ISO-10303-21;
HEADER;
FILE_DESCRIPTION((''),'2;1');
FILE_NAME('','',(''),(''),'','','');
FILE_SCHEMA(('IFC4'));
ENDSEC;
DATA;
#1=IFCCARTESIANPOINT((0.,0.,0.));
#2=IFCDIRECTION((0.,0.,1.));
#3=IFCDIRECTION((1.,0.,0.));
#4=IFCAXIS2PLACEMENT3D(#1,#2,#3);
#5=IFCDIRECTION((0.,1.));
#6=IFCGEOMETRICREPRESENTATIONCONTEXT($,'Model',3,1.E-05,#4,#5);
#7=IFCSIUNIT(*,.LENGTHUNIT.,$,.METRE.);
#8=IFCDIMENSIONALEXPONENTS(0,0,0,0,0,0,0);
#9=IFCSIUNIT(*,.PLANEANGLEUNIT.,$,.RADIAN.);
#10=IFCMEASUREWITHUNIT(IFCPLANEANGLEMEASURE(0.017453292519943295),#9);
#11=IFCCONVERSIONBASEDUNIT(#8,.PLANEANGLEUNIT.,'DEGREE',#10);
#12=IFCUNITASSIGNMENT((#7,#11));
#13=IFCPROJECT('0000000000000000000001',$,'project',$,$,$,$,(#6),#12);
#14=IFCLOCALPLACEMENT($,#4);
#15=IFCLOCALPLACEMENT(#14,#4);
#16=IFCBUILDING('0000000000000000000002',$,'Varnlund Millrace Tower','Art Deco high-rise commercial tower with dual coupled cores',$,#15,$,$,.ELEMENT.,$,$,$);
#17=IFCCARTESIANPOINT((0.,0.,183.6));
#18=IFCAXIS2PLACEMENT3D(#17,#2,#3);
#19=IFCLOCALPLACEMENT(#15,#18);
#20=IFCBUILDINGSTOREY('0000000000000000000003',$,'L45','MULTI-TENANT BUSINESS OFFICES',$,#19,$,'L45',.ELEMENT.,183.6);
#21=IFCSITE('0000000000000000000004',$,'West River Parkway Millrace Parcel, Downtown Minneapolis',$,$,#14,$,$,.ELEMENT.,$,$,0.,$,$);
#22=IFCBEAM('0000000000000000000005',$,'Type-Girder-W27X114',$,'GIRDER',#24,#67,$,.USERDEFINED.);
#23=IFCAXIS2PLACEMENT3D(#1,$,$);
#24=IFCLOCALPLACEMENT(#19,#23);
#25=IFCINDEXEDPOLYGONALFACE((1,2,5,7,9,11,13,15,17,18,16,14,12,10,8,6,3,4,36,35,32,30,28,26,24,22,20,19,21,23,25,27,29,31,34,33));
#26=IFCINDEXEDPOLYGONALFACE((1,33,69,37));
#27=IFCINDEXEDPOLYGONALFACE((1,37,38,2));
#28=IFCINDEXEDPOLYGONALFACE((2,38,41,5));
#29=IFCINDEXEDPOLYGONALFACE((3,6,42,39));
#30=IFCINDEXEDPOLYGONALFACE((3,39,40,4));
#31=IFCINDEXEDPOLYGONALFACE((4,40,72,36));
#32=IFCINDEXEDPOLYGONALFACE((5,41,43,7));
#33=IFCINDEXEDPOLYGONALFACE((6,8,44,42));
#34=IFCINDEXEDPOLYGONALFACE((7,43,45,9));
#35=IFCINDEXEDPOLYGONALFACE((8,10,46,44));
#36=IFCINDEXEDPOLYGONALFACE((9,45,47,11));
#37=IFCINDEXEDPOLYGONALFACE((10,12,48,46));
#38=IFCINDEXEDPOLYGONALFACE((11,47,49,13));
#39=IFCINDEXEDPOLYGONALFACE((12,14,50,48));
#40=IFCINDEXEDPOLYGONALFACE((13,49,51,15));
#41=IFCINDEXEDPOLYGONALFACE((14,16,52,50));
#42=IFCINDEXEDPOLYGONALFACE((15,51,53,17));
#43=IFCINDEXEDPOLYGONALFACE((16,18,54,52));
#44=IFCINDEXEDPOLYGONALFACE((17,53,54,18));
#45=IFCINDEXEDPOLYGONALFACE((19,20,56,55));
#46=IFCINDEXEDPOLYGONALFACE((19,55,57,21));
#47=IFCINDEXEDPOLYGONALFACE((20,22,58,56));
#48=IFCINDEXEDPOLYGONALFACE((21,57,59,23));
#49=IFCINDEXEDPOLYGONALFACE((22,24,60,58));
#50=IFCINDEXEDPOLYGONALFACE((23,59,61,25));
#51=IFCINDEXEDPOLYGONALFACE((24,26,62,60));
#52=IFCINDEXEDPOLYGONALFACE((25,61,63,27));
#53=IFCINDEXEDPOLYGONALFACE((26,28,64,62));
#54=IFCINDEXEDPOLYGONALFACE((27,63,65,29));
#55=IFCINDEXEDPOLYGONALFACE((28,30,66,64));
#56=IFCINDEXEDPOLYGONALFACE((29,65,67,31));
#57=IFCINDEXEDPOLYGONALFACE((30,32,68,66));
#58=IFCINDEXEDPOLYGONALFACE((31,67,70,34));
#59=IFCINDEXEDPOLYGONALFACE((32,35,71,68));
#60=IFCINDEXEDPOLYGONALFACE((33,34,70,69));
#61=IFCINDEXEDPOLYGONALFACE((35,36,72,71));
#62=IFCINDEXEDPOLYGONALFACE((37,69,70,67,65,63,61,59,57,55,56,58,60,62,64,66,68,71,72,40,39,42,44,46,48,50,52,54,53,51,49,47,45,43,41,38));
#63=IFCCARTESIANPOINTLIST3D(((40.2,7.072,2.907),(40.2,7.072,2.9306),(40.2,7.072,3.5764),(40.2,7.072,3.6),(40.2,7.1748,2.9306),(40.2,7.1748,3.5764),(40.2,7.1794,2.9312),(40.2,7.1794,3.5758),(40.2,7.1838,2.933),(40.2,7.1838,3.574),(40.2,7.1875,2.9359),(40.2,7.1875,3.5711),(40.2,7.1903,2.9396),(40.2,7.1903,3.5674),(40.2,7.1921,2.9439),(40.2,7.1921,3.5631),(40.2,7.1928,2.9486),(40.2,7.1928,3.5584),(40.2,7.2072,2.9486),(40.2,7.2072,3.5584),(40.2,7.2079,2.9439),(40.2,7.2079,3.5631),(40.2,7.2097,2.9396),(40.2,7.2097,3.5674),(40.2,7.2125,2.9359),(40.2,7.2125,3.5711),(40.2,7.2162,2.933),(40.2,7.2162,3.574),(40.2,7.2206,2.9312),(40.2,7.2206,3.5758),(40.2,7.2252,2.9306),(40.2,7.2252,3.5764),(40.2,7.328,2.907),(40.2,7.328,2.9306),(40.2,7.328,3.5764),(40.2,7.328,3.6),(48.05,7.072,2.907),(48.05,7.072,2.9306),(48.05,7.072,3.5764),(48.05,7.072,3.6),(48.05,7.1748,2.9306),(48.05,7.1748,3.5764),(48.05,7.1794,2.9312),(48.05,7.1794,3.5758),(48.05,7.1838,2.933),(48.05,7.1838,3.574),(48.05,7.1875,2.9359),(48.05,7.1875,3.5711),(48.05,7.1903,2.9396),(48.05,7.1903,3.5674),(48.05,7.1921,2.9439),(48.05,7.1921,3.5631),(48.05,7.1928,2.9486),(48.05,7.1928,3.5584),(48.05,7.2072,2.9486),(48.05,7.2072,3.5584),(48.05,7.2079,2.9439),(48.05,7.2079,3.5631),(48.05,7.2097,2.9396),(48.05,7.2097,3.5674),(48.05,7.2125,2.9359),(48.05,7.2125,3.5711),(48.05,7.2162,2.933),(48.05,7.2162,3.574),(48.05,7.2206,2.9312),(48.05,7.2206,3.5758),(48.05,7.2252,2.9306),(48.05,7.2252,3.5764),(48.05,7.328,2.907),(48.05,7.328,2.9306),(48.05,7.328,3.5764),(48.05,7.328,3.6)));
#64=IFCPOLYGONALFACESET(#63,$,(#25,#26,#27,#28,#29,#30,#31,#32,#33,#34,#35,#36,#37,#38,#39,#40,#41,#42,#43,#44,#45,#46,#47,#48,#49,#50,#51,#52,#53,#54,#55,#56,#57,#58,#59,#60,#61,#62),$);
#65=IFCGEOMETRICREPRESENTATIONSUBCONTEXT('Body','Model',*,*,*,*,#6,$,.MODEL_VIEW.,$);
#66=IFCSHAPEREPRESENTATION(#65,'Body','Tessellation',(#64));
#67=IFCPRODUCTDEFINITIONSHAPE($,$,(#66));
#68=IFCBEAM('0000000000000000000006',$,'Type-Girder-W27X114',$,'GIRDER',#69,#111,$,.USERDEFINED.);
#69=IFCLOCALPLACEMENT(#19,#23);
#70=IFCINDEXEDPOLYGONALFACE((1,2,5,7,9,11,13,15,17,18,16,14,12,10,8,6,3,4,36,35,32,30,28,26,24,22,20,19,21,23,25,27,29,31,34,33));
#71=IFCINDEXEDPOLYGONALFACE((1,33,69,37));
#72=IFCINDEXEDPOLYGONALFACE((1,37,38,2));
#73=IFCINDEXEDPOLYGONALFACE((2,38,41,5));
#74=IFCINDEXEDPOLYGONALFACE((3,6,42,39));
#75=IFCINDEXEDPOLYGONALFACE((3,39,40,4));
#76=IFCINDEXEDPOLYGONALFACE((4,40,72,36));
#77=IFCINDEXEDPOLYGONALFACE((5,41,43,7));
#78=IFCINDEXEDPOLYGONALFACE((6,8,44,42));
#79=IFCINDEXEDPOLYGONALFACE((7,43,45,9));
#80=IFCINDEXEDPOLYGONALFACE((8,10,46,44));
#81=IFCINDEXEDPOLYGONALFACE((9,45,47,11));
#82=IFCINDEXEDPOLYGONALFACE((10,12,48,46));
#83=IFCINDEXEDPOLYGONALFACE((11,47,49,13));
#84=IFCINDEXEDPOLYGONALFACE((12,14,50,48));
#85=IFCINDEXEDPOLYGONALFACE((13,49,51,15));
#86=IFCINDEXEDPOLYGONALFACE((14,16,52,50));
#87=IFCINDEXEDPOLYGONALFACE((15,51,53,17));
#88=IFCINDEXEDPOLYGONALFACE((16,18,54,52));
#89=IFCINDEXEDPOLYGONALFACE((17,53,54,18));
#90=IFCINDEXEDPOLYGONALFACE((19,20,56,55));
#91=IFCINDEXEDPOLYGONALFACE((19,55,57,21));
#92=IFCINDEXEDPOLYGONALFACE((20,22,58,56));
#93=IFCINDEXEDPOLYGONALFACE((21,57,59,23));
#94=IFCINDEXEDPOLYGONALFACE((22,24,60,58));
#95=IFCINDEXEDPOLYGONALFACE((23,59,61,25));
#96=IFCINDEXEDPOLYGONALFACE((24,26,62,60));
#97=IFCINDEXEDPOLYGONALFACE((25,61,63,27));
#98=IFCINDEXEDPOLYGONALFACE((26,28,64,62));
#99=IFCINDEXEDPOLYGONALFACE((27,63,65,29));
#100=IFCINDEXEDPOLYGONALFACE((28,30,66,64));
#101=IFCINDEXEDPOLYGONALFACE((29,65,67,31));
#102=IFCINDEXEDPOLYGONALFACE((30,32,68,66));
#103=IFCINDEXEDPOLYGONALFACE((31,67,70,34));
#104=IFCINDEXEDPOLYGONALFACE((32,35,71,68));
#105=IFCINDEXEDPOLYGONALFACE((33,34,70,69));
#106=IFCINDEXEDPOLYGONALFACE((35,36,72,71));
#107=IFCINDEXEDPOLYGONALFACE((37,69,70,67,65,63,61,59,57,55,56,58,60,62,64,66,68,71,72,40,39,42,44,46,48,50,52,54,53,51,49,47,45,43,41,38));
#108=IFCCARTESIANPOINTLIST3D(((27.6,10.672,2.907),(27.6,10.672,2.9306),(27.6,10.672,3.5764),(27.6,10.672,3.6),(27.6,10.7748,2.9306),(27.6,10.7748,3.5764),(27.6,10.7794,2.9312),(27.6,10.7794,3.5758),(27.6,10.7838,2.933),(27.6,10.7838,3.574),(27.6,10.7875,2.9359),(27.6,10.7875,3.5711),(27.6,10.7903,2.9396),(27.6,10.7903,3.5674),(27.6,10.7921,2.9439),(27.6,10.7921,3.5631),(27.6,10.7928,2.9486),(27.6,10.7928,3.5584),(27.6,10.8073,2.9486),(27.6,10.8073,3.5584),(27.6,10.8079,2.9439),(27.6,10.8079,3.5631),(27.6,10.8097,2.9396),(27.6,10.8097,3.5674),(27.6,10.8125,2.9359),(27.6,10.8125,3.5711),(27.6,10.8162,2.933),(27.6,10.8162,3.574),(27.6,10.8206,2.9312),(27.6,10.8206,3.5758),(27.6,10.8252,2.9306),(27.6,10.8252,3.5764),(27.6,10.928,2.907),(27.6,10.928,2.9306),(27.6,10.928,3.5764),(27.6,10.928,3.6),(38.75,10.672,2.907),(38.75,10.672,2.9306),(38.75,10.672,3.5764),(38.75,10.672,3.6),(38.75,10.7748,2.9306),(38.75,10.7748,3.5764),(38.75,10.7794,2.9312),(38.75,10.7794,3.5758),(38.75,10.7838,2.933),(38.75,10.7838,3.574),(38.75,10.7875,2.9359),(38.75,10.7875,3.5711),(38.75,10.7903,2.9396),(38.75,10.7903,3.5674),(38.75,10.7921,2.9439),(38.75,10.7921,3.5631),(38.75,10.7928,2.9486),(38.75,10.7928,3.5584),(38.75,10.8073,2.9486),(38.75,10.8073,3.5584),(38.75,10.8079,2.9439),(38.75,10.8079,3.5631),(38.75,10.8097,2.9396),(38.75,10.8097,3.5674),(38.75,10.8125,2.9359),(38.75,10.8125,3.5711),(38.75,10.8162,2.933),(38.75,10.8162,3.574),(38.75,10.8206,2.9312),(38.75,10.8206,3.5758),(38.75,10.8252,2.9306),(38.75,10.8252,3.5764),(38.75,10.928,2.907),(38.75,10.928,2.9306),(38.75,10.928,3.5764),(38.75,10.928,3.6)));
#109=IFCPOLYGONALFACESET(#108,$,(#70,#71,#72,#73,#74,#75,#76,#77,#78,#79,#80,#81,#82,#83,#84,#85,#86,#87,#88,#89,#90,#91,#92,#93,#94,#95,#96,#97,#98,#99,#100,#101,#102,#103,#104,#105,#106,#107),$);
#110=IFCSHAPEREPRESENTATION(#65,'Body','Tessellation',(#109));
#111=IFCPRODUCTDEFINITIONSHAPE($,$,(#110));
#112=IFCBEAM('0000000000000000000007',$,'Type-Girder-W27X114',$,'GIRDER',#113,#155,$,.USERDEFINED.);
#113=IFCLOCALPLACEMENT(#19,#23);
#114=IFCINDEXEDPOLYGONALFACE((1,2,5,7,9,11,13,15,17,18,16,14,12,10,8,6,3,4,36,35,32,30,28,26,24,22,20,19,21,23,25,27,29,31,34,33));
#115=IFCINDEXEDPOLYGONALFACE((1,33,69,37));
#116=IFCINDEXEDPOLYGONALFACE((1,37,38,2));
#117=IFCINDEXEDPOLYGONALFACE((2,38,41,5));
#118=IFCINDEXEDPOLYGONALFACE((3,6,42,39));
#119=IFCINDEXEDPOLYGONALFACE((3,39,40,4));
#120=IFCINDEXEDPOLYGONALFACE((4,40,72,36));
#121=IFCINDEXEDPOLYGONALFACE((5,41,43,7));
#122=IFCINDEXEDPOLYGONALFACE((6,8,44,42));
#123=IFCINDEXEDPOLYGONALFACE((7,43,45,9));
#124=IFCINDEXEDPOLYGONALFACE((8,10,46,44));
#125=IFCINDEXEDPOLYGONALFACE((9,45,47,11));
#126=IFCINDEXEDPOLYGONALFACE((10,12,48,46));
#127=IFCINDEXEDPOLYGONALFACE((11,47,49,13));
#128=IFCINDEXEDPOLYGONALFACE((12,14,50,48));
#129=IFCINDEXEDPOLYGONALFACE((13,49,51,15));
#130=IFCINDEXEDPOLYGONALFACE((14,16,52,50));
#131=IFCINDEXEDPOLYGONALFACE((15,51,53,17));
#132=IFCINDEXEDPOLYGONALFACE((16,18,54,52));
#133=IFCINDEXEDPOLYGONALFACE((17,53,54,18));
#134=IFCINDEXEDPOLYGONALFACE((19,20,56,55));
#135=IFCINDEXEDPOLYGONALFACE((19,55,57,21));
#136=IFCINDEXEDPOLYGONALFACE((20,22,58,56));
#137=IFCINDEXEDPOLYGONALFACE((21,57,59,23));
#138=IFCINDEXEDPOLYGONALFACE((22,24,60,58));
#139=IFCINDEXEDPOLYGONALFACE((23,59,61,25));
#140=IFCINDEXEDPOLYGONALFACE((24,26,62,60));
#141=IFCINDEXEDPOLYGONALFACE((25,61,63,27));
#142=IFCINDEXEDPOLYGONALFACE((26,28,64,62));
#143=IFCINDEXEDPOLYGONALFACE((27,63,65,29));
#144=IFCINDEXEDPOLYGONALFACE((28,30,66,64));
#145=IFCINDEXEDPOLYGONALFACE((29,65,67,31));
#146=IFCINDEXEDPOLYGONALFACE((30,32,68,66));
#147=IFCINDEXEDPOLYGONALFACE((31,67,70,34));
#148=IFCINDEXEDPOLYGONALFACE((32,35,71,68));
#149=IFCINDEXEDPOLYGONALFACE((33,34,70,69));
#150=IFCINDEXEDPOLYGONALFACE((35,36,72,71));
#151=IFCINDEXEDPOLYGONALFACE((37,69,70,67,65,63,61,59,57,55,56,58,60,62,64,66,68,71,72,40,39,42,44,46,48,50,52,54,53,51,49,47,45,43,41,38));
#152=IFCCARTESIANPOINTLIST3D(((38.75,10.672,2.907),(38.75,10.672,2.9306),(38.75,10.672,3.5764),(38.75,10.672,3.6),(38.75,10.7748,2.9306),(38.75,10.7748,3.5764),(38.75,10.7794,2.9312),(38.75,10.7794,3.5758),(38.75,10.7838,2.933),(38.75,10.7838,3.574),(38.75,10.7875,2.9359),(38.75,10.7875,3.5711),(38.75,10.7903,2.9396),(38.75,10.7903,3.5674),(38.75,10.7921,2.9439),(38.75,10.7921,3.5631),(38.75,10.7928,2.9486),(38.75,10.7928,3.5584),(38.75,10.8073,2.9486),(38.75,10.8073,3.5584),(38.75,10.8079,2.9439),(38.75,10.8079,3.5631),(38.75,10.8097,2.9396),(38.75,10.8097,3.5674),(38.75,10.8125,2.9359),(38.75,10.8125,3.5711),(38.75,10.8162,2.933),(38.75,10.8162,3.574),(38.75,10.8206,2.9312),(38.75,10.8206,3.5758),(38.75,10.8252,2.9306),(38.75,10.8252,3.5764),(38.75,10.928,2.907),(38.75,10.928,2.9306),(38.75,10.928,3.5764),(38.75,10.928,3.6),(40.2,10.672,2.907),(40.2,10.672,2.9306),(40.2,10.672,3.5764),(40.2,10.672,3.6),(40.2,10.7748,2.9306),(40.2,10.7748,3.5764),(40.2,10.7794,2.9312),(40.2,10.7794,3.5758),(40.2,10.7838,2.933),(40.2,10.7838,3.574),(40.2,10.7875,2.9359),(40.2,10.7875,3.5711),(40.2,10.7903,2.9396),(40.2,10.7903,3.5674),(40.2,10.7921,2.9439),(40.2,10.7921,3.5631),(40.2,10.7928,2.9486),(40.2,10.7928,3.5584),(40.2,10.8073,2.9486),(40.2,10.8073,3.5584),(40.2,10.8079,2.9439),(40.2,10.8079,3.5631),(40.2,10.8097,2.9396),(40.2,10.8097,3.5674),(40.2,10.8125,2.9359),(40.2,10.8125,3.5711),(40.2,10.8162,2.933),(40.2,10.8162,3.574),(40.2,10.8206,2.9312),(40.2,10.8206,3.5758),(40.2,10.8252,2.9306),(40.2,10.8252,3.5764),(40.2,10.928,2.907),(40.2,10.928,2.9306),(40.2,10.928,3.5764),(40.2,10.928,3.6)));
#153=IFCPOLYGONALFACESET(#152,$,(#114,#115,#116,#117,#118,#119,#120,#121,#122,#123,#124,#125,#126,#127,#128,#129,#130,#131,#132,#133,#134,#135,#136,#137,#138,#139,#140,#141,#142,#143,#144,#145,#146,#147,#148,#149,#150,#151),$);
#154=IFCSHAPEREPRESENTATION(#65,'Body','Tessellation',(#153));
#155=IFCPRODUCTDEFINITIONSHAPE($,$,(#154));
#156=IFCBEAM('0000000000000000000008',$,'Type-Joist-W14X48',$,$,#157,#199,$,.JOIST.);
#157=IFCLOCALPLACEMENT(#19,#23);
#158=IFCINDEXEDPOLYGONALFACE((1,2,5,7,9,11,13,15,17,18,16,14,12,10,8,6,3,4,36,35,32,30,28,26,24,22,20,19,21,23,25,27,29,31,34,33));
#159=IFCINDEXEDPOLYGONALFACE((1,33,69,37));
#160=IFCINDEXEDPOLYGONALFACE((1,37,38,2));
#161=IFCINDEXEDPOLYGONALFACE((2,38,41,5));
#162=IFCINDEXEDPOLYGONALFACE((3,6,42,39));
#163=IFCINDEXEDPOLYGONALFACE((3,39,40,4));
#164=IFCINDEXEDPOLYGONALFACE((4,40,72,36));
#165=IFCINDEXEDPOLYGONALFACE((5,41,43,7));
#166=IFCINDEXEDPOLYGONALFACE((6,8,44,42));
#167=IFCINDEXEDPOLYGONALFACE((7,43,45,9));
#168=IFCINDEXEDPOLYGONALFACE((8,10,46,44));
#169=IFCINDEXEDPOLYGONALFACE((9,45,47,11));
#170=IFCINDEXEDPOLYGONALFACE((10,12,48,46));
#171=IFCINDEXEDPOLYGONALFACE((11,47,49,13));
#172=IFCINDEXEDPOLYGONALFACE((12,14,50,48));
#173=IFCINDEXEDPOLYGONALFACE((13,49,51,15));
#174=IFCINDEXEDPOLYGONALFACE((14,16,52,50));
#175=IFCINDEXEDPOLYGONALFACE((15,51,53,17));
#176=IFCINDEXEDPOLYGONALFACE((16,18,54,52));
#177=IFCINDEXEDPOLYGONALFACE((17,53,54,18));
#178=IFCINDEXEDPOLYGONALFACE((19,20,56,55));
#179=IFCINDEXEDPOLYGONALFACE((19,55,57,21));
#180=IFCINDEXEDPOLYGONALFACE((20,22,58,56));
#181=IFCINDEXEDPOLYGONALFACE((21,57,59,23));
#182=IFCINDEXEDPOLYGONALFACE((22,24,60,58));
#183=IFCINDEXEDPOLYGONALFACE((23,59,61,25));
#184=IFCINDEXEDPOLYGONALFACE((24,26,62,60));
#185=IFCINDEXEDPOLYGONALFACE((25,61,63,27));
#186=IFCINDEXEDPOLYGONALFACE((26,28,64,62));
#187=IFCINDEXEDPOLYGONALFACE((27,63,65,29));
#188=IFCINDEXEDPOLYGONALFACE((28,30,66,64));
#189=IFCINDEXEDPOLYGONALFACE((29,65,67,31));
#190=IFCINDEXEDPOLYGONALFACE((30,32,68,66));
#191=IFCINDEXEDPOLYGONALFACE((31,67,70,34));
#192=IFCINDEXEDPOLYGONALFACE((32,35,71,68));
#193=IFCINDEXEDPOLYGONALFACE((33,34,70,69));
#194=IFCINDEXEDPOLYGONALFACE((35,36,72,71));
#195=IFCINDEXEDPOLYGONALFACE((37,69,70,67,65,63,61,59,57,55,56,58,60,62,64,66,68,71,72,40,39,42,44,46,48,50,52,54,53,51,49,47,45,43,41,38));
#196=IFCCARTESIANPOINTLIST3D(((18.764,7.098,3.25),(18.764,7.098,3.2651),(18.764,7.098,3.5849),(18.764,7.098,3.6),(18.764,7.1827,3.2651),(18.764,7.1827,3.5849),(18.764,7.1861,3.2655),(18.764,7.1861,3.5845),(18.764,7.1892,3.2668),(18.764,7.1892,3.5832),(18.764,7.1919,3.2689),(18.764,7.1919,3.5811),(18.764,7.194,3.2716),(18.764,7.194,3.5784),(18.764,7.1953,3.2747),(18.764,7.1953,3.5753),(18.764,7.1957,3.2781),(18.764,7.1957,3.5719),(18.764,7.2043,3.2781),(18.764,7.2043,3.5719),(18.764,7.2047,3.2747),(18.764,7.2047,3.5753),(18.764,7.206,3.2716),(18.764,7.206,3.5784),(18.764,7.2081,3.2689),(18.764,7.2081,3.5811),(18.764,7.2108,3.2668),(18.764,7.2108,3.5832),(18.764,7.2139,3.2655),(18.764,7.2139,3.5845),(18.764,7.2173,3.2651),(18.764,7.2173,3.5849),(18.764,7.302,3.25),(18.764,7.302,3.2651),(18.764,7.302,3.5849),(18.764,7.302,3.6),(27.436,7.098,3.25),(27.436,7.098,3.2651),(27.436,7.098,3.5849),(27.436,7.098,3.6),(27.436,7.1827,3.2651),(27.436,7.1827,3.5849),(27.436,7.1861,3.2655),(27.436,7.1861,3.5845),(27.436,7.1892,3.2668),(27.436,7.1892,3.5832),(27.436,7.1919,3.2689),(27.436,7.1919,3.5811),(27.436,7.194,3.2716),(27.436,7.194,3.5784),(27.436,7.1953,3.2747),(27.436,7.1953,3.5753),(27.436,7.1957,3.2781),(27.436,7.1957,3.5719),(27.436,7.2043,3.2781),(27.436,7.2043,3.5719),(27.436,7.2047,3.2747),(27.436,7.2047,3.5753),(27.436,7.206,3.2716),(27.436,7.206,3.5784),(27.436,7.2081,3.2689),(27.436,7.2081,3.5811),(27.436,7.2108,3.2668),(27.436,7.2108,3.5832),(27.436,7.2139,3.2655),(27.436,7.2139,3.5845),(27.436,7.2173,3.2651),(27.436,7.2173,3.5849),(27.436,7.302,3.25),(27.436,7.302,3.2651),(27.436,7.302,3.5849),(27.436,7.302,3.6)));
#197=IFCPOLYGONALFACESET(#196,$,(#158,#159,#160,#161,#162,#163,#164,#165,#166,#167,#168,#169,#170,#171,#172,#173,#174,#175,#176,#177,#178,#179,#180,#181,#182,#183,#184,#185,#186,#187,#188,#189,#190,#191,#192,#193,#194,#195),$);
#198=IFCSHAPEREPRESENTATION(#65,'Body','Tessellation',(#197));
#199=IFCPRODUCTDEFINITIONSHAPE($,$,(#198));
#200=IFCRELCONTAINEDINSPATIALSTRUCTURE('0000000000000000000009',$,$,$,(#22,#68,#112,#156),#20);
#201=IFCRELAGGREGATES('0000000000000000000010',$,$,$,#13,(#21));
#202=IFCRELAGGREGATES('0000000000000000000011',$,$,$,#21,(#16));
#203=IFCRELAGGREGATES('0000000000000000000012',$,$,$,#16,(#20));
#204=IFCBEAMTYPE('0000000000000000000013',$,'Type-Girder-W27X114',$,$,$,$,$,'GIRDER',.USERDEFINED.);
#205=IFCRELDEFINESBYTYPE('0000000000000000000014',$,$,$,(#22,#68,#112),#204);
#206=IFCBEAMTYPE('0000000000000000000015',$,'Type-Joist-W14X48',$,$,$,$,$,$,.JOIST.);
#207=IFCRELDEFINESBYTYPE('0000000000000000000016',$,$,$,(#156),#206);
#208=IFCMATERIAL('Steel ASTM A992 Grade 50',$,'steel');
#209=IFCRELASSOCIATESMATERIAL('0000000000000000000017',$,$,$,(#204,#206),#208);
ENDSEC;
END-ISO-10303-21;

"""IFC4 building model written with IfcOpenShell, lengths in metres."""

from ifc_helpers import new_model, entity, si_unit, converted_unit, direction, frame, origin_with_axes, origin_2d_with_axis, place, context, subcontext, project, spatial, i_section, extrude, material, material_profile, profile_set, type_object, element, save


model = new_model("IFC4")

# Units and contexts
model_context = context("Model", 3, precision=1e-05, world=origin_with_axes(), true_north=direction((0.0, 1.0)))
body_context = subcontext(model_context, "Body", "Model", "MODEL_VIEW")
ifc_project = project(units=[si_unit("LENGTHUNIT", "METRE"), converted_unit("PLANEANGLEUNIT", "DEGREE", entity("IfcPlaneAngleMeasure", 0.017453292519943295), si_unit("PLANEANGLEUNIT", "RADIAN"), dimensions=[0, 0, 0, 0, 0, 0, 0])], contexts=[model_context])

# Site, building, storey
site_placement = place(None, origin_with_axes())
site = spatial("IfcSite", under=ifc_project, at=site_placement, Name="West River Parkway Millrace Parcel, Downtown Minneapolis", CompositionType="ELEMENT", RefElevation=0.0)
building_placement = place(site_placement, origin_with_axes())
building = spatial("IfcBuilding", under=site, at=building_placement, Name="Varnlund Millrace Tower", Description="Art Deco high-rise commercial tower with dual coupled cores", CompositionType="ELEMENT")
storey_placement = place(building_placement, frame((0.0, 0.0, 183.6), z_axis=(0.0, 0.0, 1.0), x_axis=(1.0, 0.0, 0.0)))
storey = spatial("IfcBuildingStorey", under=building, at=storey_placement, Name="L45", Description="MULTI-TENANT BUSINESS OFFICES", LongName="L45", CompositionType="ELEMENT", Elevation=183.6)

# Beams
ifc_material_1 = material(Name="Steel ASTM A992 Grade 50", Category="steel")
ifc_material_profile_1 = material_profile(ifc_material_1, i_section(OverallWidth=0.256, OverallDepth=0.693, WebThickness=0.0145, FlangeThickness=0.0236, FilletRadius=0.018, at=origin_2d_with_axis()), Name="Steel ASTM A992 Grade 50")
ifc_profile_set_1 = profile_set([ifc_material_profile_1], Name="Steel ASTM A992 Grade 50")
beam_type_1 = type_object("IfcBeamType", Name="Type-Girder-W27X114", ElementType="GIRDER", PredefinedType="USERDEFINED", material=ifc_profile_set_1)
beam_1_placement = place(storey_placement, frame((40.2, 7.2, 3.2535), z_axis=(1.0, 0.0, 0.0), x_axis=(0.0, 1.0, 0.0)))
element("IfcBeam", 1, at=beam_1_placement, inside=storey, type_object=beam_type_1, Name="Type-Girder-W27X114", ObjectType="GIRDER", PredefinedType="USERDEFINED", context=body_context, shape_type="SweptSolid", body=[
    extrude(i_section(OverallWidth=0.256, OverallDepth=0.693, WebThickness=0.0145, FlangeThickness=0.0236, FilletRadius=0.018, at=origin_2d_with_axis()), origin_with_axes(), (0.0, 0.0, 1.0), 7.85),
])
beam_2_placement = place(storey_placement, frame((27.6, 10.8, 3.2535), z_axis=(1.0, 0.0, 0.0), x_axis=(0.0, 1.0, 0.0)))
element("IfcBeam", 2, at=beam_2_placement, inside=storey, type_object=beam_type_1, Name="Type-Girder-W27X114", ObjectType="GIRDER", PredefinedType="USERDEFINED", context=body_context, shape_type="SweptSolid", body=[
    extrude(i_section(OverallWidth=0.256, OverallDepth=0.693, WebThickness=0.0145, FlangeThickness=0.0236, FilletRadius=0.018, at=origin_2d_with_axis()), origin_with_axes(), (0.0, 0.0, 1.0), 11.15),
])
beam_3_placement = place(storey_placement, frame((38.75, 10.8, 3.2535), z_axis=(1.0, 0.0, 0.0), x_axis=(0.0, 1.0, 0.0)))
element("IfcBeam", 3, at=beam_3_placement, inside=storey, type_object=beam_type_1, Name="Type-Girder-W27X114", ObjectType="GIRDER", PredefinedType="USERDEFINED", context=body_context, shape_type="SweptSolid", body=[
    extrude(i_section(OverallWidth=0.256, OverallDepth=0.693, WebThickness=0.0145, FlangeThickness=0.0236, FilletRadius=0.018, at=origin_2d_with_axis()), origin_with_axes(), (0.0, 0.0, 1.0), 1.45),
])
ifc_material_profile_2 = material_profile(ifc_material_1, i_section(OverallWidth=0.204, OverallDepth=0.35, WebThickness=0.0086, FlangeThickness=0.0151, FilletRadius=0.013, at=origin_2d_with_axis()), Name="Steel ASTM A992 Grade 50")
ifc_profile_set_2 = profile_set([ifc_material_profile_2], Name="Steel ASTM A992 Grade 50")
beam_type_2 = type_object("IfcBeamType", Name="Type-Joist-W14X48", PredefinedType="JOIST", material=ifc_profile_set_2)
beam_4_placement = place(storey_placement, frame((18.764, 7.2, 3.425), z_axis=(1.0, 0.0, 0.0), x_axis=(0.0, 1.0, 0.0)))
element("IfcBeam", 4, at=beam_4_placement, inside=storey, type_object=beam_type_2, Name="Type-Joist-W14X48", PredefinedType="JOIST", context=body_context, shape_type="SweptSolid", body=[
    extrude(i_section(OverallWidth=0.204, OverallDepth=0.35, WebThickness=0.0086, FlangeThickness=0.0151, FilletRadius=0.013, at=origin_2d_with_axis()), origin_with_axes(), (0.0, 0.0, 1.0), 8.672),
])

save(model, "model.ifc")
